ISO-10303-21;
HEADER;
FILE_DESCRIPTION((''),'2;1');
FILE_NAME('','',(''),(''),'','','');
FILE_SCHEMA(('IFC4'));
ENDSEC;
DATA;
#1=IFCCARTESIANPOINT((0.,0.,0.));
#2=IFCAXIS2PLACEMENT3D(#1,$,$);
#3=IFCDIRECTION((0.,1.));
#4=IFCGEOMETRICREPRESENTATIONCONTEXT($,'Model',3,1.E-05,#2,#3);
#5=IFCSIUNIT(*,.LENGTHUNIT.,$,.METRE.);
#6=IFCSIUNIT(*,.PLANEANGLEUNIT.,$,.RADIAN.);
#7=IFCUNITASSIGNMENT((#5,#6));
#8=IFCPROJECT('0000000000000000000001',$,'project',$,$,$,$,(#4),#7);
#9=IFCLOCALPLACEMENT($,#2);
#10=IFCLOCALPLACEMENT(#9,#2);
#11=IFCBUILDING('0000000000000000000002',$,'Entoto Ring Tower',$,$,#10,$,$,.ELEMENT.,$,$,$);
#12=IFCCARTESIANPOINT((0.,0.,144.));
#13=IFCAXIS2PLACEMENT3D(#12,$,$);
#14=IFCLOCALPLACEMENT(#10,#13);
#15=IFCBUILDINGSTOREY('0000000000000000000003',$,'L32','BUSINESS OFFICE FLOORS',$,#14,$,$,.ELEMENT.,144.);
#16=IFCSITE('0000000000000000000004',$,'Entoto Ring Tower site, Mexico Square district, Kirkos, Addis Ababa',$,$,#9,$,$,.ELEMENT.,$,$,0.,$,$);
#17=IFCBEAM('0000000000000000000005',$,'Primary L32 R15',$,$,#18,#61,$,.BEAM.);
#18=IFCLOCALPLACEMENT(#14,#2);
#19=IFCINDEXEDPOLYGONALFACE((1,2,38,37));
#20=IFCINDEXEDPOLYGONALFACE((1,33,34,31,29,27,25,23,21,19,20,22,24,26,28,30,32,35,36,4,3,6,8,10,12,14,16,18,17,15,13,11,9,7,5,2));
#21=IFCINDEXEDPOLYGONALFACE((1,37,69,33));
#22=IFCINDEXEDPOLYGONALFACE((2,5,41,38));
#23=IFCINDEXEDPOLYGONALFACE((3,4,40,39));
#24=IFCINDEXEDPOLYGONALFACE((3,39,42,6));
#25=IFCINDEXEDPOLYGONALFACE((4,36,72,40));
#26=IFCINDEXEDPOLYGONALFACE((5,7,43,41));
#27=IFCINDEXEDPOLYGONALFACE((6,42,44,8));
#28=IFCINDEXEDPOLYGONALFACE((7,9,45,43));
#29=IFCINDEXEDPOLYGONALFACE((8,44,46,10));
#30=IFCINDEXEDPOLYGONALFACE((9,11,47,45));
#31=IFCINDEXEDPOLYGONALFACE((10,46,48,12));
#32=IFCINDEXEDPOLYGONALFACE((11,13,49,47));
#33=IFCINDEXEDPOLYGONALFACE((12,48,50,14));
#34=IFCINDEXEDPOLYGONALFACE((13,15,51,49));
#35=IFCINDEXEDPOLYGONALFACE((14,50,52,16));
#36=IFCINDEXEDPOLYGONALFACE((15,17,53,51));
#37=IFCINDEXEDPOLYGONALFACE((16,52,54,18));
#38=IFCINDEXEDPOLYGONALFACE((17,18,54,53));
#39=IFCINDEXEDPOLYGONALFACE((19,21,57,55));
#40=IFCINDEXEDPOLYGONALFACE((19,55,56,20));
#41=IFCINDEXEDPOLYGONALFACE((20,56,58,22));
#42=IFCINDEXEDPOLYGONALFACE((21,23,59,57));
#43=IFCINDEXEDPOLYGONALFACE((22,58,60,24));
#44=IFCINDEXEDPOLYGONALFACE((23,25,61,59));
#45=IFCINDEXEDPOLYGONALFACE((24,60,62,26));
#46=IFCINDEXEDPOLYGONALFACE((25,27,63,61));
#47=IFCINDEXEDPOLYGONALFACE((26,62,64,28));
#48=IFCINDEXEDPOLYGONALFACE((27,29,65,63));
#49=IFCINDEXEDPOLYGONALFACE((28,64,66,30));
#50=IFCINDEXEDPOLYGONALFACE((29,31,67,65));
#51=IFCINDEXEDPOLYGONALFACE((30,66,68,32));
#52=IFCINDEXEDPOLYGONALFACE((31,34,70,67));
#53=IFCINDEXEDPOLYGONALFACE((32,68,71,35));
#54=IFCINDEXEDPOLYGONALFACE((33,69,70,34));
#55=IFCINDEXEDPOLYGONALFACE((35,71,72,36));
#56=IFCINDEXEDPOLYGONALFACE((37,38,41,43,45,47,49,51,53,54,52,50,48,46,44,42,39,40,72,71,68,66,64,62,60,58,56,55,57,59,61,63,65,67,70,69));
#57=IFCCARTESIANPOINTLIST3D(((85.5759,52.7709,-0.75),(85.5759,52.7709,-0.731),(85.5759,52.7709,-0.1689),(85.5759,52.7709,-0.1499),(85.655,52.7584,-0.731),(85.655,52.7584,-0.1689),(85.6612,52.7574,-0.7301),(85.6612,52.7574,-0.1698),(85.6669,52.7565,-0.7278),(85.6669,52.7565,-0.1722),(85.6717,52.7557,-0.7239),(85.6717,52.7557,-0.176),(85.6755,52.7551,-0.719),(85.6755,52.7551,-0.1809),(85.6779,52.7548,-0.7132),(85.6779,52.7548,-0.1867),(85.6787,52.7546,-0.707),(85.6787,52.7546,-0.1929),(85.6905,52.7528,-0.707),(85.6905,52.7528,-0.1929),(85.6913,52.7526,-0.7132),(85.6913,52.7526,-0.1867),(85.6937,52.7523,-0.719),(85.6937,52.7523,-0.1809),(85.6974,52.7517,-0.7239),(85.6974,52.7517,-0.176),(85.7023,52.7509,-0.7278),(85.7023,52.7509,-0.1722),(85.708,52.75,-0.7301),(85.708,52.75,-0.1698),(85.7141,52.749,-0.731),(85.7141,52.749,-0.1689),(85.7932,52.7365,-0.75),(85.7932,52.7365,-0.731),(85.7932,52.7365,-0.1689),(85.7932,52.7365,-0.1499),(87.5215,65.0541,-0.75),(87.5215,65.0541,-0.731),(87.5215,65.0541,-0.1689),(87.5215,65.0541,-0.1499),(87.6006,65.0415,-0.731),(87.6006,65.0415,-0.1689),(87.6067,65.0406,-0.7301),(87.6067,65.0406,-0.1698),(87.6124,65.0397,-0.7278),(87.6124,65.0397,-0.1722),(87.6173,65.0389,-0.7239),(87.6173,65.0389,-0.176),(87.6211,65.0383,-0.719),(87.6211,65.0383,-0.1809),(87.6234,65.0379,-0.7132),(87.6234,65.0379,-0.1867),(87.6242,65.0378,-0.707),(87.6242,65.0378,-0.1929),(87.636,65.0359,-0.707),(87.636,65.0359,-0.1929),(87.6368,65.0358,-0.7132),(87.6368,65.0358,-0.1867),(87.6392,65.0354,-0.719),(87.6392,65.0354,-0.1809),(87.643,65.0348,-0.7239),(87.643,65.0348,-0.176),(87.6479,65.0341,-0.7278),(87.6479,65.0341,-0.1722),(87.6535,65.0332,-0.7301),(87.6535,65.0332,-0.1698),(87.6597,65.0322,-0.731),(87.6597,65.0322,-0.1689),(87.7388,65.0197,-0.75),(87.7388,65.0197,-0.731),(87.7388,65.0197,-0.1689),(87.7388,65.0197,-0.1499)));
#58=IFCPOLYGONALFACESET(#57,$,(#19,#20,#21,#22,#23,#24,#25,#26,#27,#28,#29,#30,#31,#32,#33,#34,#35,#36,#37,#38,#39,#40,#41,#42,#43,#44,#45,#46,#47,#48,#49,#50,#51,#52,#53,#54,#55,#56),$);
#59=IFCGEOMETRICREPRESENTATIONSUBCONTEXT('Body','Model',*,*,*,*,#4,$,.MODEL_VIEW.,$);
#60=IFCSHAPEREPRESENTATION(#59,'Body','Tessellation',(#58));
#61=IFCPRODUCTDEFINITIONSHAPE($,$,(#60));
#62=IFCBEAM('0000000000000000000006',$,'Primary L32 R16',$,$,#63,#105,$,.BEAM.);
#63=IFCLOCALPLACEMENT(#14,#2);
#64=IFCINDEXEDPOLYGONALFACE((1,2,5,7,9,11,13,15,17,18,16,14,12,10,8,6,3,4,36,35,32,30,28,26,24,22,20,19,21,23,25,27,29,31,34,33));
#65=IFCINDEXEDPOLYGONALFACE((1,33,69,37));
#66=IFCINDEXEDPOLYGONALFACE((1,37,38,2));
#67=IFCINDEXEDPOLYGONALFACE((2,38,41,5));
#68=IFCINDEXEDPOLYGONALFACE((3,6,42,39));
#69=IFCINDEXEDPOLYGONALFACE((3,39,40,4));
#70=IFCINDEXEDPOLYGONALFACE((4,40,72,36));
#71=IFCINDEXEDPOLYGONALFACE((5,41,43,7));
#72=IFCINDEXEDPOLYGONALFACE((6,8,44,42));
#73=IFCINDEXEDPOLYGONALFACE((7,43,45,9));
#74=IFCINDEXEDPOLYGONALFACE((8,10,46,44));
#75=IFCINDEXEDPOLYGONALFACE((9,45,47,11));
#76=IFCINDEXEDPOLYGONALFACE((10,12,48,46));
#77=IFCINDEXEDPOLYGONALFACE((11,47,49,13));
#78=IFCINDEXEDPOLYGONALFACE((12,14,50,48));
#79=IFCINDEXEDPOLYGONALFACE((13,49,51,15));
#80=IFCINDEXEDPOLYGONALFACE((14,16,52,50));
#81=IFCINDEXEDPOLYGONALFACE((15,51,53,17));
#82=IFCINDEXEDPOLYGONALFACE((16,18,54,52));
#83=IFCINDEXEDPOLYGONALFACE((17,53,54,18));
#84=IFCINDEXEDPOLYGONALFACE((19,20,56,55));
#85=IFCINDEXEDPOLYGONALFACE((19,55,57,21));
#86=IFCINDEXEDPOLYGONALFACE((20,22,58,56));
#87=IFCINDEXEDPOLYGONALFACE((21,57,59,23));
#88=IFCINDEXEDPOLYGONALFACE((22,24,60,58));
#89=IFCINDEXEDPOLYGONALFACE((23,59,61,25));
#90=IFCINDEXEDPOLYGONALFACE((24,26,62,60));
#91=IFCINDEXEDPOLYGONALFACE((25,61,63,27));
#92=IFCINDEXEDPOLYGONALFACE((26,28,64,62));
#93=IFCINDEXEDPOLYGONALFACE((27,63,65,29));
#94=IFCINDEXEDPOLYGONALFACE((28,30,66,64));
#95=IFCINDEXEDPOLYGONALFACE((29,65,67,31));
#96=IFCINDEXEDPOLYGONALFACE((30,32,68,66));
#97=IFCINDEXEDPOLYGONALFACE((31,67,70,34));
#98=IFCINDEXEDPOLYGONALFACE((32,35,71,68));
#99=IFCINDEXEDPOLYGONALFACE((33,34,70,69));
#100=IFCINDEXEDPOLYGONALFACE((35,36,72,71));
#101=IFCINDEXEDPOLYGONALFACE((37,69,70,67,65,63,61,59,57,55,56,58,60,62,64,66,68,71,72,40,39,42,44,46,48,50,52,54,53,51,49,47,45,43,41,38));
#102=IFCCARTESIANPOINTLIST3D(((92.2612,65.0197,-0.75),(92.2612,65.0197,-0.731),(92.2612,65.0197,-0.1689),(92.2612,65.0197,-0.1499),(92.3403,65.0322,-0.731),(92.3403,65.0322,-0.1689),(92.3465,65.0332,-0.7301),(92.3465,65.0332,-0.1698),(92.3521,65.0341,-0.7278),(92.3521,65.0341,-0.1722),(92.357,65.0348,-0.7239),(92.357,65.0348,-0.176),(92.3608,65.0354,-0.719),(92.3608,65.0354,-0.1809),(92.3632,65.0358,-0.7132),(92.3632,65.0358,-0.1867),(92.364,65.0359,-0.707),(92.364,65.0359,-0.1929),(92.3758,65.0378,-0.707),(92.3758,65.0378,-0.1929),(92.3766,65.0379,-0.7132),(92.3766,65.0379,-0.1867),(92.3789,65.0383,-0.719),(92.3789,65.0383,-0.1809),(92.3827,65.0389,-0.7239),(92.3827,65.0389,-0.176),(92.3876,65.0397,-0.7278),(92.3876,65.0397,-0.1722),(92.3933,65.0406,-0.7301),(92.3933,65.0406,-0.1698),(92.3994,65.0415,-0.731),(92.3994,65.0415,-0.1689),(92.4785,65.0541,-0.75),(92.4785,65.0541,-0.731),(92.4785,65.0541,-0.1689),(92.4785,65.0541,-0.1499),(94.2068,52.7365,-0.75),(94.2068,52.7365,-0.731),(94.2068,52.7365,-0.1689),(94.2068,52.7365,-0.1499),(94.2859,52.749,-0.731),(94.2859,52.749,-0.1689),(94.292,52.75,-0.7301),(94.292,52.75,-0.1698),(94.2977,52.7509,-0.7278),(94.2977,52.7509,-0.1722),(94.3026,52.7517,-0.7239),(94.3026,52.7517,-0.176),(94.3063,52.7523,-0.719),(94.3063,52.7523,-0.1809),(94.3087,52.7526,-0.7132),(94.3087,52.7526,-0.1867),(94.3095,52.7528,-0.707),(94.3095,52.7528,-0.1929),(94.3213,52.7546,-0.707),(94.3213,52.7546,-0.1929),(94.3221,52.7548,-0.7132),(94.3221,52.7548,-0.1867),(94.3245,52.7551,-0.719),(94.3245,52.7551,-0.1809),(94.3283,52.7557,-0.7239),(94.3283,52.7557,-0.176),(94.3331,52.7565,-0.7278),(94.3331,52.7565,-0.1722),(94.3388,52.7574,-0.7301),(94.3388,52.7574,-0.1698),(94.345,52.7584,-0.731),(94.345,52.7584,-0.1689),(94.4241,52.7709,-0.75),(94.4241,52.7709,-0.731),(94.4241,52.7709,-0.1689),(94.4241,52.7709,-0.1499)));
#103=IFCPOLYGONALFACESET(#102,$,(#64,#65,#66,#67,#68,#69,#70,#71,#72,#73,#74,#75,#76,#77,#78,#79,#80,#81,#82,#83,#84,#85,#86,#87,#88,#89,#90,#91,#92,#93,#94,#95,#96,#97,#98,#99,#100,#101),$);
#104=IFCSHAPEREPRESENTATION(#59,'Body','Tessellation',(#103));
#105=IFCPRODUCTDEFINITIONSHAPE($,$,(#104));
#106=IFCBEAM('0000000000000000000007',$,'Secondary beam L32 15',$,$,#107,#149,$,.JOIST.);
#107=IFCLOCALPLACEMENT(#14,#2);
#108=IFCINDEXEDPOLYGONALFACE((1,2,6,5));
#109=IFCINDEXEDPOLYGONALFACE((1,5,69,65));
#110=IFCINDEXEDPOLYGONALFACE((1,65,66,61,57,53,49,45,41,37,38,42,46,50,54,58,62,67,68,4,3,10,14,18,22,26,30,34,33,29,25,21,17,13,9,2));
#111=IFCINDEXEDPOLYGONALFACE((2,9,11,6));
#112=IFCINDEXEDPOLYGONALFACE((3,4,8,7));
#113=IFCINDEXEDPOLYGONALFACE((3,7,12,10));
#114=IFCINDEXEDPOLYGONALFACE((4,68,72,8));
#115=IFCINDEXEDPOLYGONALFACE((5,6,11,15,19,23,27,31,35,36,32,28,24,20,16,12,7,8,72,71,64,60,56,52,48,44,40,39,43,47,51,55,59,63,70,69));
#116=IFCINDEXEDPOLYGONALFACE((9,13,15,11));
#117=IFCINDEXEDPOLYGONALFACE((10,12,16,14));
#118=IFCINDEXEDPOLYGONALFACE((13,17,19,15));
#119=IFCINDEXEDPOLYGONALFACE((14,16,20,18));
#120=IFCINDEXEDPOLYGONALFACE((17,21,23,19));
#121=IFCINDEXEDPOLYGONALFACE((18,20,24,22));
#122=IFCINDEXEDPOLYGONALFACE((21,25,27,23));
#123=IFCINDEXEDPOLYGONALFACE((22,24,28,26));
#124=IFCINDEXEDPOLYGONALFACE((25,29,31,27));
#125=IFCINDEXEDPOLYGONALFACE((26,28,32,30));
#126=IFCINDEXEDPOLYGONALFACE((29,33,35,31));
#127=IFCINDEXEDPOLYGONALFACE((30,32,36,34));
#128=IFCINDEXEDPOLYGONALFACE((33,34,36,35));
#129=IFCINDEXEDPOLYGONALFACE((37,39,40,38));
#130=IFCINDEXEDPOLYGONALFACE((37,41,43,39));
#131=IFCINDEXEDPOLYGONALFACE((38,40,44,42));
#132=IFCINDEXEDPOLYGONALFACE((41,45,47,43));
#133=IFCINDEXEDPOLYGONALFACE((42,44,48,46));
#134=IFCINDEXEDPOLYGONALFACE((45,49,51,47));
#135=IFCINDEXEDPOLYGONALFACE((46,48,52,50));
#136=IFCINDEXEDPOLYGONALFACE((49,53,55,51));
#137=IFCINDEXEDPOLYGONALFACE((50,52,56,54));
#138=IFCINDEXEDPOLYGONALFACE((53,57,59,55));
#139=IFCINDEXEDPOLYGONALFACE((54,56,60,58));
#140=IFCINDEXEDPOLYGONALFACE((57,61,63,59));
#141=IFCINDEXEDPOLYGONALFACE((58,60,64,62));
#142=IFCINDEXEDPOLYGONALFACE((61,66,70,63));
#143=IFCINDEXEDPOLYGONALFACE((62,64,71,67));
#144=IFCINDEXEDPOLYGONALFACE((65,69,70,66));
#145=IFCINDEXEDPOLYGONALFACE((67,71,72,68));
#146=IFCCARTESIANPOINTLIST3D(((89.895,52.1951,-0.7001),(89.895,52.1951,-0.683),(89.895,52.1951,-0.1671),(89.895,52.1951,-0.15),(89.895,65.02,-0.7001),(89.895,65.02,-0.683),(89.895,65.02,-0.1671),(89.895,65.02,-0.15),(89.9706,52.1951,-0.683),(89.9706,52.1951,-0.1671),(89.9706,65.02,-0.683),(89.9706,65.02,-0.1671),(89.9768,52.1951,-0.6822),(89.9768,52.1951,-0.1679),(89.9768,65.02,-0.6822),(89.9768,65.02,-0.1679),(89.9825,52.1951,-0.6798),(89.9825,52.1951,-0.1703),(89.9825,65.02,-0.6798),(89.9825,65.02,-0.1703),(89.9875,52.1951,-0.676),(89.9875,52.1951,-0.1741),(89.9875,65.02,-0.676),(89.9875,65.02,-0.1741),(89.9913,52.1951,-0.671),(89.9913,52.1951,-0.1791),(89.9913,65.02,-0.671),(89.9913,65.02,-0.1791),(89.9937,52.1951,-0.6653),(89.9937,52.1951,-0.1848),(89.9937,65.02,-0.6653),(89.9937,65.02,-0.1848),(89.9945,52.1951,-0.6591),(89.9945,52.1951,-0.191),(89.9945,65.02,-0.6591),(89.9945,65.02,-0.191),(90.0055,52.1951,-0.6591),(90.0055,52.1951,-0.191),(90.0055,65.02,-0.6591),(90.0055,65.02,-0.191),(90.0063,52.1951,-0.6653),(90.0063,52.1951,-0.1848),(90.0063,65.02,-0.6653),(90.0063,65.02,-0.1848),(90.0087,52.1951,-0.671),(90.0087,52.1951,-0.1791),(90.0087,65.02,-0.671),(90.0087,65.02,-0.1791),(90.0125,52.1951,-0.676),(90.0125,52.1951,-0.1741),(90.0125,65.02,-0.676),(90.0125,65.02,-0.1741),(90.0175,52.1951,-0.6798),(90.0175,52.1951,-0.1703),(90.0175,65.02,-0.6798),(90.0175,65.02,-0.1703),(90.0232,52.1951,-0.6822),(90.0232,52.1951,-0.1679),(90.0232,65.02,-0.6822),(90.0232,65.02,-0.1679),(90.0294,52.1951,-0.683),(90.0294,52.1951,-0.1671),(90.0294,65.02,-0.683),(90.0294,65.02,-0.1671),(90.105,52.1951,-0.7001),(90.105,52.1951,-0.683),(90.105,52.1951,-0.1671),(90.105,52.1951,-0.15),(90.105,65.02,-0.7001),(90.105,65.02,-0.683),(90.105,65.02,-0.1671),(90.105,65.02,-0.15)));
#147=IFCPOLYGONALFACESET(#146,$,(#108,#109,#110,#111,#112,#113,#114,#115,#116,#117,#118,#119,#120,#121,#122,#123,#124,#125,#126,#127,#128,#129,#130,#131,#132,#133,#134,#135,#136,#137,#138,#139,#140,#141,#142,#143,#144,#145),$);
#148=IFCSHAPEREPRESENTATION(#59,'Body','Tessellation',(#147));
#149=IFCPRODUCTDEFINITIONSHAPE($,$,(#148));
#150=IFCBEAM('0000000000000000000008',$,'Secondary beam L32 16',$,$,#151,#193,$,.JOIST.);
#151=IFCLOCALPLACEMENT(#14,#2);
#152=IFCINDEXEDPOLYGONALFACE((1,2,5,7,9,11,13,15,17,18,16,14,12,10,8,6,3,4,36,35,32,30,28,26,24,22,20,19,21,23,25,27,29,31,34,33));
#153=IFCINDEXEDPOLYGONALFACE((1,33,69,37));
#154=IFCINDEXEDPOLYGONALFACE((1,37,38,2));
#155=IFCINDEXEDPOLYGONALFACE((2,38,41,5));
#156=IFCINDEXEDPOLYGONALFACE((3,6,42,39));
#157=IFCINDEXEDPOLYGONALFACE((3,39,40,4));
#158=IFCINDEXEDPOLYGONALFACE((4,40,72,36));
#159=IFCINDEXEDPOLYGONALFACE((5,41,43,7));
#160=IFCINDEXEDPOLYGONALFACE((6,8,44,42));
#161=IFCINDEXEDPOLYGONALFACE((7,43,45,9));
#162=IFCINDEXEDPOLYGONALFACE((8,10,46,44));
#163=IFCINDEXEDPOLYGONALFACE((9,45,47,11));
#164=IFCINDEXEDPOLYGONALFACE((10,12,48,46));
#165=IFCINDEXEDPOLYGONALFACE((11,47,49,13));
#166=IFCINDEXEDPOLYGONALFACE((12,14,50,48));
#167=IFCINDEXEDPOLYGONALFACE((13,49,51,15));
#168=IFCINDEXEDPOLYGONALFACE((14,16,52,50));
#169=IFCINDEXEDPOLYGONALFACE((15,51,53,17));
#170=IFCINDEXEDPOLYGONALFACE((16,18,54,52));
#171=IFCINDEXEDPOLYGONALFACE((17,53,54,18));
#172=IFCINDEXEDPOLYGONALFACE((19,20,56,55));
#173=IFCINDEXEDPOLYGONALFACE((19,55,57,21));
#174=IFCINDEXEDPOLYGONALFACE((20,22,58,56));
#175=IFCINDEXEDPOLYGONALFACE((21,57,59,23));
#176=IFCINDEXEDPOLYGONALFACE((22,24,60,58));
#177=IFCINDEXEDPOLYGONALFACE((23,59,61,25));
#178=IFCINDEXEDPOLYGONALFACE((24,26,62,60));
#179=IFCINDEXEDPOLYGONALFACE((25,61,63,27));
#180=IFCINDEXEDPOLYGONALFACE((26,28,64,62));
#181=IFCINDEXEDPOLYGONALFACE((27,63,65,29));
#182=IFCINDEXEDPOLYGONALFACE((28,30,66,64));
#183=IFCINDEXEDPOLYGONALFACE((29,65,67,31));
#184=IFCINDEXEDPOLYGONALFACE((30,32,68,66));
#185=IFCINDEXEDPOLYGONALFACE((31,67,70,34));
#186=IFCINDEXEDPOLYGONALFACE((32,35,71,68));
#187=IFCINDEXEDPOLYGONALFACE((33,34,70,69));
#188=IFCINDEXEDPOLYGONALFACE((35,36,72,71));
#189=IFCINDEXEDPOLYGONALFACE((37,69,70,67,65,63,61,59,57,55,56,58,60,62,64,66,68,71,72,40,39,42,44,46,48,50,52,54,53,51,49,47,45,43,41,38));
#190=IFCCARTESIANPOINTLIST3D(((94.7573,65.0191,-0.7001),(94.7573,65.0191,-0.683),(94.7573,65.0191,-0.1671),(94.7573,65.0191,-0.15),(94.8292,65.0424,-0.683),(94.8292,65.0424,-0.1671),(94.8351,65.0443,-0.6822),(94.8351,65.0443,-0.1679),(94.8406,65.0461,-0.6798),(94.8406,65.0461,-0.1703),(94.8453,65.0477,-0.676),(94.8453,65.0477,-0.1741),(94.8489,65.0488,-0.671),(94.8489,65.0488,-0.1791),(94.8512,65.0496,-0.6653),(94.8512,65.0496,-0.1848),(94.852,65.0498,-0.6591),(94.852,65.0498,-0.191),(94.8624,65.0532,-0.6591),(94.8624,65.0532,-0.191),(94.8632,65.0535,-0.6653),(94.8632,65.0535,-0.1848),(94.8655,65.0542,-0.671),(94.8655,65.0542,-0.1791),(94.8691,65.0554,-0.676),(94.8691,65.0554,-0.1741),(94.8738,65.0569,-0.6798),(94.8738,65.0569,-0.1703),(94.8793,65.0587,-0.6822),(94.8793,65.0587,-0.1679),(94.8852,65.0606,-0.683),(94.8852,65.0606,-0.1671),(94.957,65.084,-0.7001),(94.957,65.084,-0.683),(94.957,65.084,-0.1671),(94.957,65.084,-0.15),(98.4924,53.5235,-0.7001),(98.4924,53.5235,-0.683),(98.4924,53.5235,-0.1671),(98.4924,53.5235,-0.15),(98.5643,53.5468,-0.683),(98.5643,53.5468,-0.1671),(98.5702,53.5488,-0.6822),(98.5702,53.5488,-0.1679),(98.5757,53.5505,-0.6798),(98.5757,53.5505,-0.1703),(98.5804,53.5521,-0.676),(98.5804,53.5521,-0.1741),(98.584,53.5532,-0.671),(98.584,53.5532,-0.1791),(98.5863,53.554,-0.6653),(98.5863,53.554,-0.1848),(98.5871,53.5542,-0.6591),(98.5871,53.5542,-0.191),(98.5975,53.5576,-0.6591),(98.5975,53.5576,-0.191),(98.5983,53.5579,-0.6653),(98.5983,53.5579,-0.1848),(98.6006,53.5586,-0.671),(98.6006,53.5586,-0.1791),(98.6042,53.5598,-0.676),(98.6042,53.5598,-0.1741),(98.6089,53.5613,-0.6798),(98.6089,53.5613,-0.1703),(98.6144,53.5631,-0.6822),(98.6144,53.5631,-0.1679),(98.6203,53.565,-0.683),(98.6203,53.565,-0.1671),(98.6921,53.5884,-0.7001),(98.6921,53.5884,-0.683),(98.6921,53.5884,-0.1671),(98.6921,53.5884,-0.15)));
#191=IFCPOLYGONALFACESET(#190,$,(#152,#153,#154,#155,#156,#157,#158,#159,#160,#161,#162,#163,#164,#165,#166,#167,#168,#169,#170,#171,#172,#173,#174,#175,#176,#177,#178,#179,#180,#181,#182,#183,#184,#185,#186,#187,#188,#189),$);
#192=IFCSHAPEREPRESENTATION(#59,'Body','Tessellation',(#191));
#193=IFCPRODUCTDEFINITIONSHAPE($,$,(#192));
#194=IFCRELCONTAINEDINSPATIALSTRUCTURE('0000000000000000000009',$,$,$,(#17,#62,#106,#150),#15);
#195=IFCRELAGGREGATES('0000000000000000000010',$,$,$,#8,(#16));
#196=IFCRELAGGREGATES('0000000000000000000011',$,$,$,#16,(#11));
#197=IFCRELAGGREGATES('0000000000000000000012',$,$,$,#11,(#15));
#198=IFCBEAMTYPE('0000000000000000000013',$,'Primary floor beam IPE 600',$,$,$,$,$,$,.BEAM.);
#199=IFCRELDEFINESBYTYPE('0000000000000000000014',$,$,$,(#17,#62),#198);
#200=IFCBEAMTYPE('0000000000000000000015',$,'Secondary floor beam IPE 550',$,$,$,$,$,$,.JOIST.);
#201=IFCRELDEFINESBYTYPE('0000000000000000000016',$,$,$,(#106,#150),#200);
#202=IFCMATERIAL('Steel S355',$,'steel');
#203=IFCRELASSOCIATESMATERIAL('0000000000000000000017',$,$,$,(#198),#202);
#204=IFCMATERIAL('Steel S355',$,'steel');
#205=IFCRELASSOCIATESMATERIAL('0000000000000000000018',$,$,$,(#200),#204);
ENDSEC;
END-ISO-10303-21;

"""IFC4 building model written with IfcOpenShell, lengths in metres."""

from ifc_helpers import new_model, si_unit, direction, frame, origin, origin_2d, place, context, subcontext, project, spatial, i_section, extrude, material, material_profile, profile_set, type_object, element, save


model = new_model("IFC4")

# Units and contexts
model_context = context("Model", 3, precision=1e-05, world=origin(), true_north=direction((0.0, 1.0)))
body_context = subcontext(model_context, "Body", "Model", "MODEL_VIEW")
ifc_project = project(units=[si_unit("LENGTHUNIT", "METRE"), si_unit("PLANEANGLEUNIT", "RADIAN")], contexts=[model_context])

# Site, building, storey
site_placement = place(None, origin())
site = spatial("IfcSite", under=ifc_project, at=site_placement, Name="Entoto Ring Tower site, Mexico Square district, Kirkos, Addis Ababa", CompositionType="ELEMENT", RefElevation=0.0)
building_placement = place(site_placement, origin())
building = spatial("IfcBuilding", under=site, at=building_placement, Name="Entoto Ring Tower", CompositionType="ELEMENT")
storey_placement = place(building_placement, frame((0.0, 0.0, 144.0)))
storey = spatial("IfcBuildingStorey", under=building, at=storey_placement, Name="L32", Description="BUSINESS OFFICE FLOORS", CompositionType="ELEMENT", Elevation=144.0)

# Beams
ifc_material_1 = material(Name="Steel S355", Category="steel")
ifc_material_profile_1 = material_profile(ifc_material_1, i_section(OverallWidth=0.22, OverallDepth=0.6001, WebThickness=0.012, FlangeThickness=0.019, FilletRadius=0.0239, at=origin_2d()), Name="IPE 600")
ifc_profile_set_1 = profile_set([ifc_material_profile_1], Name="Steel S355")
beam_type_1 = type_object("IfcBeamType", Name="Primary floor beam IPE 600", PredefinedType="BEAM", material=ifc_profile_set_1)
for number, where, z_axis, x_axis, name in (
    (1, (87.6301, 65.0369, -0.45), (-0.156441, -0.987687, 0.0), (0.987687, -0.156441, 0.0), "Primary L32 R15"),
    (2, (92.3699, 65.0369, -0.45), (0.156441, -0.987687, 0.0), (0.987687, 0.156441, 0.0), "Primary L32 R16"),
):
    element("IfcBeam", number, at=place(storey_placement, frame(where, z_axis=z_axis, x_axis=x_axis)), inside=storey, type_object=beam_type_1, Name=name, PredefinedType="BEAM", context=body_context, shape_type="SweptSolid", body=[
        extrude(i_section(OverallWidth=0.22, OverallDepth=0.6001, WebThickness=0.012, FlangeThickness=0.019, FilletRadius=0.0239, at=origin_2d()), origin(), (0.0, 0.0, 1.0), 12.4363),
    ])
ifc_material_2 = material(Name="Steel S355", Category="steel")
ifc_material_profile_2 = material_profile(ifc_material_2, i_section(OverallWidth=0.21, OverallDepth=0.55, WebThickness=0.011, FlangeThickness=0.0171, FilletRadius=0.0239, at=origin_2d()), Name="IPE 550")
ifc_profile_set_2 = profile_set([ifc_material_profile_2], Name="Steel S355")
beam_type_2 = type_object("IfcBeamType", Name="Secondary floor beam IPE 550", PredefinedType="JOIST", material=ifc_profile_set_2)
beam_1_placement = place(storey_placement, frame((90.0, 65.02, -0.425), z_axis=(0.0, -1.0, 0.0), x_axis=(1.0, 0.0, 0.0)))
element("IfcBeam", 3, at=beam_1_placement, inside=storey, type_object=beam_type_2, Name="Secondary beam L32 15", PredefinedType="JOIST", context=body_context, shape_type="SweptSolid", body=[
    extrude(i_section(OverallWidth=0.21, OverallDepth=0.55, WebThickness=0.011, FlangeThickness=0.0171, FilletRadius=0.0239, at=origin_2d()), origin(), (0.0, 0.0, 1.0), 12.825),
])
beam_2_placement = place(storey_placement, frame((94.8572, 65.0515, -0.425), z_axis=(0.309014, -0.951058, 0.0), x_axis=(0.951058, 0.309014, 0.0)))
element("IfcBeam", 4, at=beam_2_placement, inside=storey, type_object=beam_type_2, Name="Secondary beam L32 16", PredefinedType="JOIST", context=body_context, shape_type="SweptSolid", body=[
    extrude(i_section(OverallWidth=0.21, OverallDepth=0.55, WebThickness=0.011, FlangeThickness=0.0171, FilletRadius=0.0239, at=origin_2d()), origin(), (0.0, 0.0, 1.0), 12.0872),
])

save(model, "model.ifc")
